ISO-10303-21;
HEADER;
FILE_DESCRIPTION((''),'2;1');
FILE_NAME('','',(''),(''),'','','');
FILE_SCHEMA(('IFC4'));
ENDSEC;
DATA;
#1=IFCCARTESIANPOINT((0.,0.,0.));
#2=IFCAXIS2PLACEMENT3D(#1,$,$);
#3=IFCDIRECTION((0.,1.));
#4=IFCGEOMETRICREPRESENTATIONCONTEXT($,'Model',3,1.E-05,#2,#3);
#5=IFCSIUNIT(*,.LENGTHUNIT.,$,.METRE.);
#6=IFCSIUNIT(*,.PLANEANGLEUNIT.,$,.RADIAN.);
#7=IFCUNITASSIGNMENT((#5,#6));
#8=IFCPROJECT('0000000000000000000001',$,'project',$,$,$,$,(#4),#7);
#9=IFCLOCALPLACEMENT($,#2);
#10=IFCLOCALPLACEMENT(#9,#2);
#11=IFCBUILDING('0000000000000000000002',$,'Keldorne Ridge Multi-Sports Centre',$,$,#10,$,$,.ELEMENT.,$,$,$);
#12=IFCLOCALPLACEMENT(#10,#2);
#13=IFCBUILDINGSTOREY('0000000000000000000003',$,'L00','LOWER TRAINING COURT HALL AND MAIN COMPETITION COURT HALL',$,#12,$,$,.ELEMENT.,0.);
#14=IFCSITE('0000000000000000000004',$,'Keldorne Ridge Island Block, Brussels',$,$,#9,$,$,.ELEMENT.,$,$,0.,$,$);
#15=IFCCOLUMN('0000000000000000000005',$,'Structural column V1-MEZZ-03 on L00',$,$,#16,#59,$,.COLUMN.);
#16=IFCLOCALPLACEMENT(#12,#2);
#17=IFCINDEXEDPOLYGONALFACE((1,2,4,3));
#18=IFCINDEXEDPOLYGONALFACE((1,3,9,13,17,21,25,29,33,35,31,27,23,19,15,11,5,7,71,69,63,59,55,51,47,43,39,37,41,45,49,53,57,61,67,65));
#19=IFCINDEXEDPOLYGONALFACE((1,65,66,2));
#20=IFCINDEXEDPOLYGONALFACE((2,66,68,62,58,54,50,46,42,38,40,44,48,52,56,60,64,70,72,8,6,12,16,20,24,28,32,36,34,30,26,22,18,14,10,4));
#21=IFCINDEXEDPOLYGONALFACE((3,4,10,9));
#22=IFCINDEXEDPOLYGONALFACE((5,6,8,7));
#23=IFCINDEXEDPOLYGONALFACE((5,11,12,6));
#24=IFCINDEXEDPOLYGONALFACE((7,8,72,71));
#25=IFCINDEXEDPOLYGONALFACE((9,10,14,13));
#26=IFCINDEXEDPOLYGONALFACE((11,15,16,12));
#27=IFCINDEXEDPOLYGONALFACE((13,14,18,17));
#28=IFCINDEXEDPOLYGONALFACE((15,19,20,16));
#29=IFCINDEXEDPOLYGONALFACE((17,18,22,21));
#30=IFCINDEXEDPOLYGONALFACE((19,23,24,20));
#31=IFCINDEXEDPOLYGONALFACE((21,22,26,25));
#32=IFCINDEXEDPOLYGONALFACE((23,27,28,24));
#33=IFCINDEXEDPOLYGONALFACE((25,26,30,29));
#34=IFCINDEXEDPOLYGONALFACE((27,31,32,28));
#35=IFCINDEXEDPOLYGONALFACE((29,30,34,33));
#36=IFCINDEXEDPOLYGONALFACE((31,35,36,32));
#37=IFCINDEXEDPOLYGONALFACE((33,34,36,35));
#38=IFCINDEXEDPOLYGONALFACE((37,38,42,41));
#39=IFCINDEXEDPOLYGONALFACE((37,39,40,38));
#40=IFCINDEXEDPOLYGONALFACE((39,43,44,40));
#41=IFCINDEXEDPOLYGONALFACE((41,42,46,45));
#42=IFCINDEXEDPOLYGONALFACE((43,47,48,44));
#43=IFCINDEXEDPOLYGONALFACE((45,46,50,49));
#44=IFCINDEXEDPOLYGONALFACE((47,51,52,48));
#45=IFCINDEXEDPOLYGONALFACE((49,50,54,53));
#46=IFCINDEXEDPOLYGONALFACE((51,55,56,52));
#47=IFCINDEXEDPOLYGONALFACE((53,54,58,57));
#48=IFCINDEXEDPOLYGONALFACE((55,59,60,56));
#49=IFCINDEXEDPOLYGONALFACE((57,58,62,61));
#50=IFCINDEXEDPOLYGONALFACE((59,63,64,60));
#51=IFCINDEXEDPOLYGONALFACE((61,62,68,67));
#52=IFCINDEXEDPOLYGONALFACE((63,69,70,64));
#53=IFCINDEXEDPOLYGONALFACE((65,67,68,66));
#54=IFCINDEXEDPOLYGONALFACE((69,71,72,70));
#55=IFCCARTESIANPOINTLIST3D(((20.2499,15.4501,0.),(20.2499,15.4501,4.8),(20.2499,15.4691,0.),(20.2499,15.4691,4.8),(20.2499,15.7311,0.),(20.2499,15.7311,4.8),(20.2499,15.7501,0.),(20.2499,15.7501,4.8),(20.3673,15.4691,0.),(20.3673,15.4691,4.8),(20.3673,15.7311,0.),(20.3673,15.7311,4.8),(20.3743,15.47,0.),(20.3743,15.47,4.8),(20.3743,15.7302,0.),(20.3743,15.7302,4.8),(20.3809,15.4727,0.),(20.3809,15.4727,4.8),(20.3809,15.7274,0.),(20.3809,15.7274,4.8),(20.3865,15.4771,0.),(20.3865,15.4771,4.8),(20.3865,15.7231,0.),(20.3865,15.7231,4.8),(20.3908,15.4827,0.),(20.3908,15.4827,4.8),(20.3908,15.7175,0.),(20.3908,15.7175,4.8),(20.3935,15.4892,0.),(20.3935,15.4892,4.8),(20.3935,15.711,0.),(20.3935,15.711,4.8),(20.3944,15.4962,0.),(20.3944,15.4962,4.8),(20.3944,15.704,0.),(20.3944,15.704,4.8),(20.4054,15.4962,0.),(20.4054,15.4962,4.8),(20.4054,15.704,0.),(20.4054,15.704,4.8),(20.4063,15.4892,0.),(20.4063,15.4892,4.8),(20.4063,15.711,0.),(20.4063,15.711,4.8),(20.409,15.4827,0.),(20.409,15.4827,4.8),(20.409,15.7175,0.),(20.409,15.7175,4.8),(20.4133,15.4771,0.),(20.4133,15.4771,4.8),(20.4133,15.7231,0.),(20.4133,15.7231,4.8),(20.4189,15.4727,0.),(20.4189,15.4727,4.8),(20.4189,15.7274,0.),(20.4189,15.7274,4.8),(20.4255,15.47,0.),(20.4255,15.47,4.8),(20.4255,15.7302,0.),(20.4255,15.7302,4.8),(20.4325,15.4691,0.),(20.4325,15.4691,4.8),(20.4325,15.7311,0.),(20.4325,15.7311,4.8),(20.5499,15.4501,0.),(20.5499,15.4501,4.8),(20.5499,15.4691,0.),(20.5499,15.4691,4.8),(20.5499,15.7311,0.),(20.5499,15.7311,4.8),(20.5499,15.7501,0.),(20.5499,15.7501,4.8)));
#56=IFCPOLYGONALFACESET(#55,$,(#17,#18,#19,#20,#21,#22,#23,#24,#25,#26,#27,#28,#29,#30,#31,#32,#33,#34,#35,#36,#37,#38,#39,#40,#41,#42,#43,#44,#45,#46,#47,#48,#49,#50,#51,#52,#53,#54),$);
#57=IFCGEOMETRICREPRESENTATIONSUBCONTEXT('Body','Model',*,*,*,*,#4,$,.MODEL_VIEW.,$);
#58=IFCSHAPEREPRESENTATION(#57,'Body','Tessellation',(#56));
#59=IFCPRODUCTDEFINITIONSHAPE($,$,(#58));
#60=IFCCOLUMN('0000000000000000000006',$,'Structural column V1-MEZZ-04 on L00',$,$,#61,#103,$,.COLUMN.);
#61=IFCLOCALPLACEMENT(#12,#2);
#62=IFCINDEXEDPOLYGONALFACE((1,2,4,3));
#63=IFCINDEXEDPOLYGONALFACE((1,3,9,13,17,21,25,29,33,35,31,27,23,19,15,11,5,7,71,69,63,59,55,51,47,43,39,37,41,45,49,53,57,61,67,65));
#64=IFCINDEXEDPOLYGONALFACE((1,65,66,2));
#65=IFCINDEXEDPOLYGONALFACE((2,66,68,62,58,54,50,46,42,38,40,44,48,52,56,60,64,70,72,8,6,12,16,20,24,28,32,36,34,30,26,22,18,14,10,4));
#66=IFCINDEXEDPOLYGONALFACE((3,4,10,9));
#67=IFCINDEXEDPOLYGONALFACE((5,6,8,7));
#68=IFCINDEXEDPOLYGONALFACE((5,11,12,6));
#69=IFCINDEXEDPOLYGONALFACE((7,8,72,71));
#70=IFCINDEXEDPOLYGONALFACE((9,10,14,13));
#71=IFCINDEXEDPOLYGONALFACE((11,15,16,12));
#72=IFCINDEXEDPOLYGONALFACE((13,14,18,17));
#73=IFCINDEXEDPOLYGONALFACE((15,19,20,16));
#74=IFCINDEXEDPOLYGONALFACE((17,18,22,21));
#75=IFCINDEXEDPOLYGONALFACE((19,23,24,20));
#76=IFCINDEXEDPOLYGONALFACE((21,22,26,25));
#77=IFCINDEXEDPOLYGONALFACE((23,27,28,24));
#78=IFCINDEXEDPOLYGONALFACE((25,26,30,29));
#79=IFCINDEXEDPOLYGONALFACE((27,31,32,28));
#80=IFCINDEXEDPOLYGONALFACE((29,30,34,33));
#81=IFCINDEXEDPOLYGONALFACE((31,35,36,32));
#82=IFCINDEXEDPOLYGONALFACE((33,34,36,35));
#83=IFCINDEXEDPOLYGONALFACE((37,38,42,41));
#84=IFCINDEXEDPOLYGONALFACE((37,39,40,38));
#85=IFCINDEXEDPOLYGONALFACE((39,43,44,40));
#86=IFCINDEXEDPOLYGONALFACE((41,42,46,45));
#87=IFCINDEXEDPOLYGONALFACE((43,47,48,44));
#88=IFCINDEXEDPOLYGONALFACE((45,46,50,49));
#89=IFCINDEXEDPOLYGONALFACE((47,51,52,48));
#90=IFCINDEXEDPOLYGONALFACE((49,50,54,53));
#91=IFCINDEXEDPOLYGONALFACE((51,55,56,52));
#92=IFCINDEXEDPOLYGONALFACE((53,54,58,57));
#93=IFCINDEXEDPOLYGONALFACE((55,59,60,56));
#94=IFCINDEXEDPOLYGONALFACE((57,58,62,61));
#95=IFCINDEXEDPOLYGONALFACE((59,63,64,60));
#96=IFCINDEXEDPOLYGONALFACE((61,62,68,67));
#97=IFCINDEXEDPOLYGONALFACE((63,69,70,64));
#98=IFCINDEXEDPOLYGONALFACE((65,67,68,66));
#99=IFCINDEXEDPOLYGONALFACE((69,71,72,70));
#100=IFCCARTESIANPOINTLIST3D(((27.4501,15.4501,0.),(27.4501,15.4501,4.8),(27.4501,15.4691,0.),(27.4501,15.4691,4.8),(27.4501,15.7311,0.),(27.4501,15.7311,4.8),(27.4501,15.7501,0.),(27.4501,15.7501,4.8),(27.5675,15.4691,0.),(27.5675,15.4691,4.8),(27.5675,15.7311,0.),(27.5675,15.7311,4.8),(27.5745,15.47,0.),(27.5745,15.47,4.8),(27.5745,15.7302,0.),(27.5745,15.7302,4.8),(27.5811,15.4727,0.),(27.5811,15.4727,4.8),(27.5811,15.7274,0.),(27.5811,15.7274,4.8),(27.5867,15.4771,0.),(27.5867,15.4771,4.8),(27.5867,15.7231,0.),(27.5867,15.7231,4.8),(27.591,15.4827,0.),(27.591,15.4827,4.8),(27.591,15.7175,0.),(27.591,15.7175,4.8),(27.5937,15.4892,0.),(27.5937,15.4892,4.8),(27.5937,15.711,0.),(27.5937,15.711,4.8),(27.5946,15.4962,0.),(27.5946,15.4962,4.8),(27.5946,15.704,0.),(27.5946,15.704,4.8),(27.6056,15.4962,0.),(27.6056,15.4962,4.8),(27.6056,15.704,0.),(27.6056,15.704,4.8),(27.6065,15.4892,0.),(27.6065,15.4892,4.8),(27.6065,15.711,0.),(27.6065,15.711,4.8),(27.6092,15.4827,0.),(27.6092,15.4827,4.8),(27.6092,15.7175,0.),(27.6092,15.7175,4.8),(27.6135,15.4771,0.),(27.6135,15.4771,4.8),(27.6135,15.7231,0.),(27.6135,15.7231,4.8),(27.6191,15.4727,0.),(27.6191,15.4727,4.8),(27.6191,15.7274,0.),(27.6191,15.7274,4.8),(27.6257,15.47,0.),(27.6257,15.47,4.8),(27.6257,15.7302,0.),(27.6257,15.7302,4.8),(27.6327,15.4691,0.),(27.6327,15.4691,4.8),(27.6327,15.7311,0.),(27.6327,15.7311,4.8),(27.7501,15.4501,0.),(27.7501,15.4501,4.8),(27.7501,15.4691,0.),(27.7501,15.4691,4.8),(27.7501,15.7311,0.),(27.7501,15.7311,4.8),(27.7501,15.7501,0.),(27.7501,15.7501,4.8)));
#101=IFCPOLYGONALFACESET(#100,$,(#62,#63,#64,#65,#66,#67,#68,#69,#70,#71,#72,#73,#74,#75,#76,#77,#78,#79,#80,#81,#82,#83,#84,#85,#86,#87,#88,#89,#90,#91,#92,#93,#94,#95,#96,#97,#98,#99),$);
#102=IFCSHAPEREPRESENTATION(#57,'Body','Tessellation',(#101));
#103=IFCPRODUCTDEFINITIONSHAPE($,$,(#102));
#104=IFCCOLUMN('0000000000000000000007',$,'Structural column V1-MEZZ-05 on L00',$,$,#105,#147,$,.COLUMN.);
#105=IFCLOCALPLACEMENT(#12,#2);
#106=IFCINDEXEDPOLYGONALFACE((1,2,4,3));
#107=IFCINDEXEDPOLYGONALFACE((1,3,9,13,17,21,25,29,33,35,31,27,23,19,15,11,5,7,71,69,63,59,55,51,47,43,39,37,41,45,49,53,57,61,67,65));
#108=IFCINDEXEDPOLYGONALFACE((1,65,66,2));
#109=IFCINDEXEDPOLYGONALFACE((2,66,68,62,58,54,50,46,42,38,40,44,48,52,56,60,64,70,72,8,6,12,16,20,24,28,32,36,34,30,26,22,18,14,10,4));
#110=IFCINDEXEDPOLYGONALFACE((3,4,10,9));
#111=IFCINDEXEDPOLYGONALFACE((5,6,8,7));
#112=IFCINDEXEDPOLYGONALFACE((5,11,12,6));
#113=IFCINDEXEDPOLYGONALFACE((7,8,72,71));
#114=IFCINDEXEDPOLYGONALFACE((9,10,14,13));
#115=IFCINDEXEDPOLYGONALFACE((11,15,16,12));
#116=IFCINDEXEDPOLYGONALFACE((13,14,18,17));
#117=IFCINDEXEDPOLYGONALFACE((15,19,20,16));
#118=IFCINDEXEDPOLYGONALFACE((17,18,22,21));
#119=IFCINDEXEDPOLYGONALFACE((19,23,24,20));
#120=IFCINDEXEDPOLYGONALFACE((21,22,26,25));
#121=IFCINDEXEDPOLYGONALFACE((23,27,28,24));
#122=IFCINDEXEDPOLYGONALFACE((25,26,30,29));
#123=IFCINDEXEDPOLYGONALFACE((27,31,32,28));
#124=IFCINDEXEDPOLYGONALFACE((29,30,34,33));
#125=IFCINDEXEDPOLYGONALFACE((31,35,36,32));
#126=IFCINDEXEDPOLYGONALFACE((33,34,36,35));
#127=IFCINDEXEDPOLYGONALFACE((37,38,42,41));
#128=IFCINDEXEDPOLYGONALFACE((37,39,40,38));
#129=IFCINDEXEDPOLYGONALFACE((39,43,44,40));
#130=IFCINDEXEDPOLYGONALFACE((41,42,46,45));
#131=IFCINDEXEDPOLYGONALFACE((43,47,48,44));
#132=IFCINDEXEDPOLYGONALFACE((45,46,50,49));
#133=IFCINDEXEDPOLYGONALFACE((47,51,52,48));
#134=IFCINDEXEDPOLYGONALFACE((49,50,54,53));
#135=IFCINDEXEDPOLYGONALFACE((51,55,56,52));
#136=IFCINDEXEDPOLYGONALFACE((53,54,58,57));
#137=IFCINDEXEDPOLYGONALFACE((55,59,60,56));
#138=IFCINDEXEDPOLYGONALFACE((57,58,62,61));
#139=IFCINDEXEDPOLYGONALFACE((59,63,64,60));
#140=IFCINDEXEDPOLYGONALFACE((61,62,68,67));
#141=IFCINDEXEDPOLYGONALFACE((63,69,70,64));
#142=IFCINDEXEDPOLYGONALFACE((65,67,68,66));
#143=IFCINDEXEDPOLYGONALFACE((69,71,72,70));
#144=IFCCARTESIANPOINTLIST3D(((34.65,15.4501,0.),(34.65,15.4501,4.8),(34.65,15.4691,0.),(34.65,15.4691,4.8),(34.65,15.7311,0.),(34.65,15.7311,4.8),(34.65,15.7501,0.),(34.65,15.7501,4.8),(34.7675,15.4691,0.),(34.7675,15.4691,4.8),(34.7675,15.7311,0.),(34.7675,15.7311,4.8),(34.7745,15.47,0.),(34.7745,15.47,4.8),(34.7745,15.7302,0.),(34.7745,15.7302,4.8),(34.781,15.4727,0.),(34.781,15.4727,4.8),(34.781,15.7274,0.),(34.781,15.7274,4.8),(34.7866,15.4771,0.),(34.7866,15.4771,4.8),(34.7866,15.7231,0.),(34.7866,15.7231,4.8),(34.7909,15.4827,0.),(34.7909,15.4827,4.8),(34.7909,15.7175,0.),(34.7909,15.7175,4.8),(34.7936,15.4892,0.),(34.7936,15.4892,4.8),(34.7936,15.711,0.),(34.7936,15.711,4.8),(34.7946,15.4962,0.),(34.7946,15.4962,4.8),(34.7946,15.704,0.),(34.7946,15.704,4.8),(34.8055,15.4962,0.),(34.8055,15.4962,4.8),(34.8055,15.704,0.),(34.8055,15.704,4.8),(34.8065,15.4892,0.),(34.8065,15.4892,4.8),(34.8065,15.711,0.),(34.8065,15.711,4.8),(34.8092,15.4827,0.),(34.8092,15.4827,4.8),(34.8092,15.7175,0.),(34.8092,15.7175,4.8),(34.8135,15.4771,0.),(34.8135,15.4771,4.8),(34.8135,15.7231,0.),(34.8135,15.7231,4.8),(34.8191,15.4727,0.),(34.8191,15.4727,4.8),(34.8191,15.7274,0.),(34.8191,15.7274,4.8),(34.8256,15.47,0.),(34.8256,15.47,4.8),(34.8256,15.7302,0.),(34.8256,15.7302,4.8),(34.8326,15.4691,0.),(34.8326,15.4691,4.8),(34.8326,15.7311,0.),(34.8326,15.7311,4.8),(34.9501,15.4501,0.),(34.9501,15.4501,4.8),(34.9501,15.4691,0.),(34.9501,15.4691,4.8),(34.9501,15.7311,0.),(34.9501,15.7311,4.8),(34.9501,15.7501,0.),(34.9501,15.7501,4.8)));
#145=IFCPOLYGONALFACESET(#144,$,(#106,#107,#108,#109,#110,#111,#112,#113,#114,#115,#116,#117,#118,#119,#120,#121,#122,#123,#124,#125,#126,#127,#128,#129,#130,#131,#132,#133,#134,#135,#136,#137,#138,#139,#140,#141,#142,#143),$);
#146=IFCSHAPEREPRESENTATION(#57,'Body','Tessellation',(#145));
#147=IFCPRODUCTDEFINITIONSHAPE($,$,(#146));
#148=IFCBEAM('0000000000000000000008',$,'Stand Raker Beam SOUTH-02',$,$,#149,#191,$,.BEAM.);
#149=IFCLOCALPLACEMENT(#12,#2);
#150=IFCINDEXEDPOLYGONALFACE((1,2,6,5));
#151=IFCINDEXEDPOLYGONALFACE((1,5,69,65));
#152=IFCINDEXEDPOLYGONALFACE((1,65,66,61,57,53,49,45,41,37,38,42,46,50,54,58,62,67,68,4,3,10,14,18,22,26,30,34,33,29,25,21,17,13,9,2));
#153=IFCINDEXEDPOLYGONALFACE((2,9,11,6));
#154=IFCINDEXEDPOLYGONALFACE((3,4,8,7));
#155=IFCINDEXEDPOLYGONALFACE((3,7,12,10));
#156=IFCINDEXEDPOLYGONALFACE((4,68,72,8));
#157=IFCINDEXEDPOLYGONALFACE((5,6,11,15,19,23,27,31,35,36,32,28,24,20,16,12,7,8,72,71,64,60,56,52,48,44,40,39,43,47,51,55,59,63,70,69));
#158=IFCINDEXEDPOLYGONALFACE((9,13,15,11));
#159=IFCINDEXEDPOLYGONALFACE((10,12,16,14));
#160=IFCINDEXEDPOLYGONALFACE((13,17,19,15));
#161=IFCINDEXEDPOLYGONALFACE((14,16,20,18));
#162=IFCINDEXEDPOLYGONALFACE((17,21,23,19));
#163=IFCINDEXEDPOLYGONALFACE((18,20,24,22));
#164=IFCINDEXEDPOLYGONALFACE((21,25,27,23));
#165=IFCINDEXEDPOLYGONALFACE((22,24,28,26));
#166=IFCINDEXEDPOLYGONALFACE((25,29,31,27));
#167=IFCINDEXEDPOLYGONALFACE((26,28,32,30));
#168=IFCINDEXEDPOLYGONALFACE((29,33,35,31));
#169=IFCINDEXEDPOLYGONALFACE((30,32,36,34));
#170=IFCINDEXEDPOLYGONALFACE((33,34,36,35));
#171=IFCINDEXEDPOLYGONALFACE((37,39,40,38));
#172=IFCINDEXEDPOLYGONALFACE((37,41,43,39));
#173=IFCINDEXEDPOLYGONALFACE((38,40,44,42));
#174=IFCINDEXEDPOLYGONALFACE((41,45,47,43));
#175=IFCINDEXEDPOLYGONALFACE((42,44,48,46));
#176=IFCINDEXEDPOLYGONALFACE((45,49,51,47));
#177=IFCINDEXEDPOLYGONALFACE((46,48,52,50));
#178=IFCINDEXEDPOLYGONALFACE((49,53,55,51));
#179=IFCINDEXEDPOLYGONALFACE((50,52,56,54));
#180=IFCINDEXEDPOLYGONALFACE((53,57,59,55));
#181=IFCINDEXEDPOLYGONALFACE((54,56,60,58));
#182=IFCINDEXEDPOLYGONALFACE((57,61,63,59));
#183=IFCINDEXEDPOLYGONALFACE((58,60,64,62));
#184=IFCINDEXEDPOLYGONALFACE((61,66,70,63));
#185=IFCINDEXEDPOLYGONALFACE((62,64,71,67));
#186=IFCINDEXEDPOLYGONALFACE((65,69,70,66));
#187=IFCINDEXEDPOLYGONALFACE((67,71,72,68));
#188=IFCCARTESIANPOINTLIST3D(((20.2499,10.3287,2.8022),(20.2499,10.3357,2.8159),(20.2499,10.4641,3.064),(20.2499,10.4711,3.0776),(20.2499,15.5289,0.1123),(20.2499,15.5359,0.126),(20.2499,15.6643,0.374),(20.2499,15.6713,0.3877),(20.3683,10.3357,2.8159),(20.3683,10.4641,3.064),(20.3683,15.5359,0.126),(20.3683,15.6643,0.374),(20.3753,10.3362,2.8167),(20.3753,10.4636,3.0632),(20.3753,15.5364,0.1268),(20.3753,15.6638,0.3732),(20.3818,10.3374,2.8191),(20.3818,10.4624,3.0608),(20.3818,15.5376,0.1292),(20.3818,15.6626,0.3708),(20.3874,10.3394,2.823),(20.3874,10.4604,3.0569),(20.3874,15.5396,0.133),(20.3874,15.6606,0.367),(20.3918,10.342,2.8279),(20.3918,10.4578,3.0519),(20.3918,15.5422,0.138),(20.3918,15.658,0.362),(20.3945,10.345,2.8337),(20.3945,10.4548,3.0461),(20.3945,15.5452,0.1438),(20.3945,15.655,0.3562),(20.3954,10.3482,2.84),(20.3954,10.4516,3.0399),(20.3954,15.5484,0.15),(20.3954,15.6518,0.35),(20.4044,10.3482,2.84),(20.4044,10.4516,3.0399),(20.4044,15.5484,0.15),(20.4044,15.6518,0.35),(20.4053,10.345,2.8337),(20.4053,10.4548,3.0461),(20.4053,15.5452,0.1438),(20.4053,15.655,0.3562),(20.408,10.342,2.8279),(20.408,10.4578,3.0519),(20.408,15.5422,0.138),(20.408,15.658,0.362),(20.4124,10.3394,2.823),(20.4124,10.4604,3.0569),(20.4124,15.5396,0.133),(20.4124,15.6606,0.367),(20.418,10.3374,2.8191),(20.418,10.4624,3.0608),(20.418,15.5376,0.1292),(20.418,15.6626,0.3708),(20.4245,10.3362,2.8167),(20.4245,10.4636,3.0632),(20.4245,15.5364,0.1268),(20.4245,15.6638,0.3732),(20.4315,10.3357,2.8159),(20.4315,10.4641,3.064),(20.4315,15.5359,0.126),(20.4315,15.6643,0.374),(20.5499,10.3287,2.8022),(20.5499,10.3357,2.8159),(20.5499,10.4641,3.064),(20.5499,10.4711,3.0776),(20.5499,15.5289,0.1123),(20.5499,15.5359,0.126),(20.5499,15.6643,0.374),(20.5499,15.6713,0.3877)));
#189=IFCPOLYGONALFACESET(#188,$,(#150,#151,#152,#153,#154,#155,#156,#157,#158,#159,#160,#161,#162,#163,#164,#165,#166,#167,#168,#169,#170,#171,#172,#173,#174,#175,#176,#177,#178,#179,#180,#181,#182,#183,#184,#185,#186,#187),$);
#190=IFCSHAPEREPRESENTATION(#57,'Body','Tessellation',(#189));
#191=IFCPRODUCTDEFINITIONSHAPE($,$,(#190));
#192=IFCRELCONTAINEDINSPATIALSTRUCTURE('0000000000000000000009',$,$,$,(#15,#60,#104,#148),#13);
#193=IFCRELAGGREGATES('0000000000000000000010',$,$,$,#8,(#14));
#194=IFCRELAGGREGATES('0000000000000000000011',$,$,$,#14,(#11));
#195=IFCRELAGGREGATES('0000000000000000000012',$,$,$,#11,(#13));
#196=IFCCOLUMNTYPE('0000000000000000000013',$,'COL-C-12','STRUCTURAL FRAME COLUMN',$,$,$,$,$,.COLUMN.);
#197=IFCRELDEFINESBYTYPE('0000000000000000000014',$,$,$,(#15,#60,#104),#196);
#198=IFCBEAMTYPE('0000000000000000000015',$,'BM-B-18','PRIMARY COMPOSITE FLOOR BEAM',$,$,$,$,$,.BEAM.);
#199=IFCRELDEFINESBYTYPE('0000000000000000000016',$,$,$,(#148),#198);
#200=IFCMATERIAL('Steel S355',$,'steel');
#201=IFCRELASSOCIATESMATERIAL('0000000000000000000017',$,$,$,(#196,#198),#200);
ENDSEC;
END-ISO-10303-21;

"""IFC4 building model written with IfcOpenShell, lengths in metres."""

from ifc_helpers import new_model, si_unit, direction, frame, origin, origin_2d, place, context, subcontext, project, spatial, i_section, extrude, material, material_profile, profile_set, type_object, element, save


model = new_model("IFC4")

# Units and contexts
model_context = context("Model", 3, precision=1e-05, world=origin(), true_north=direction((0.0, 1.0)))
body_context = subcontext(model_context, "Body", "Model", "MODEL_VIEW")
ifc_project = project(units=[si_unit("LENGTHUNIT", "METRE"), si_unit("PLANEANGLEUNIT", "RADIAN")], contexts=[model_context])

# Site, building, storey
site_placement = place(None, origin())
site = spatial("IfcSite", under=ifc_project, at=site_placement, Name="Keldorne Ridge Island Block, Brussels", CompositionType="ELEMENT", RefElevation=0.0)
building_placement = place(site_placement, origin())
building = spatial("IfcBuilding", under=site, at=building_placement, Name="Keldorne Ridge Multi-Sports Centre", CompositionType="ELEMENT")
storey_placement = place(building_placement, origin())
storey = spatial("IfcBuildingStorey", under=building, at=storey_placement, Name="L00", Description="LOWER TRAINING COURT HALL AND MAIN COMPETITION COURT HALL", CompositionType="ELEMENT", Elevation=0.0)

# Columns
ifc_material_1 = material(Name="Steel S355", Category="steel")
ifc_material_profile_1 = material_profile(ifc_material_1, i_section(OverallWidth=0.3, OverallDepth=0.3, WebThickness=0.011, FlangeThickness=0.019, FilletRadius=0.0271, at=origin_2d()), Name="HEB 300")
ifc_profile_set_1 = profile_set([ifc_material_profile_1], Name="Steel S355")
column_type = type_object("IfcColumnType", Name="COL-C-12", Description="STRUCTURAL FRAME COLUMN", PredefinedType="COLUMN", material=ifc_profile_set_1)
for number, where, z_axis, x_axis, name in (
    (1, (20.3999, 15.6001, 0.0), (0.0, 0.0, 1.0), (1.0, 0.0, 0.0), "Structural column V1-MEZZ-03 on L00"),
    (2, (27.6001, 15.6001, 0.0), (0.0, 0.0, 1.0), (1.0, 0.0, 0.0), "Structural column V1-MEZZ-04 on L00"),
    (3, (34.8, 15.6001, 0.0), (0.0, 0.0, 1.0), (1.0, 0.0, 0.0), "Structural column V1-MEZZ-05 on L00"),
):
    element("IfcColumn", number, at=place(storey_placement, frame(where, z_axis=z_axis, x_axis=x_axis)), inside=storey, type_object=column_type, Name=name, PredefinedType="COLUMN", context=body_context, shape_type="SweptSolid", body=[
        extrude(i_section(OverallWidth=0.3, OverallDepth=0.3, WebThickness=0.011, FlangeThickness=0.019, FilletRadius=0.0271, at=origin_2d()), origin(), (0.0, 0.0, 1.0), 4.8),
    ])

# Beam
ifc_material_profile_2 = material_profile(ifc_material_1, i_section(OverallWidth=0.3, OverallDepth=0.3101, WebThickness=0.009, FlangeThickness=0.0154, FilletRadius=0.0271, at=origin_2d()), Name="HEA 320")
ifc_profile_set_2 = profile_set([ifc_material_profile_2], Name="Steel S355")
beam_type_1 = type_object("IfcBeamType", Name="BM-B-18", Description="PRIMARY COMPOSITE FLOOR BEAM", PredefinedType="BEAM", material=ifc_profile_set_2)
for number, where, z_axis, x_axis, name in (
    (4, (20.3999, 15.6001, 0.25), (0.0, -0.888205, 0.459448), (1.0, 0.0, 0.0), "Stand Raker Beam SOUTH-02"),
):
    element("IfcBeam", number, at=place(storey_placement, frame(where, z_axis=z_axis, x_axis=x_axis)), inside=storey, type_object=beam_type_1, Name=name, PredefinedType="BEAM", context=body_context, shape_type="SweptSolid", body=[
        extrude(i_section(OverallWidth=0.3, OverallDepth=0.3101, WebThickness=0.009, FlangeThickness=0.0154, FilletRadius=0.0271, at=origin_2d()), origin(), (0.0, 0.0, 1.0), 5.8547),
    ])

save(model, "model.ifc")
